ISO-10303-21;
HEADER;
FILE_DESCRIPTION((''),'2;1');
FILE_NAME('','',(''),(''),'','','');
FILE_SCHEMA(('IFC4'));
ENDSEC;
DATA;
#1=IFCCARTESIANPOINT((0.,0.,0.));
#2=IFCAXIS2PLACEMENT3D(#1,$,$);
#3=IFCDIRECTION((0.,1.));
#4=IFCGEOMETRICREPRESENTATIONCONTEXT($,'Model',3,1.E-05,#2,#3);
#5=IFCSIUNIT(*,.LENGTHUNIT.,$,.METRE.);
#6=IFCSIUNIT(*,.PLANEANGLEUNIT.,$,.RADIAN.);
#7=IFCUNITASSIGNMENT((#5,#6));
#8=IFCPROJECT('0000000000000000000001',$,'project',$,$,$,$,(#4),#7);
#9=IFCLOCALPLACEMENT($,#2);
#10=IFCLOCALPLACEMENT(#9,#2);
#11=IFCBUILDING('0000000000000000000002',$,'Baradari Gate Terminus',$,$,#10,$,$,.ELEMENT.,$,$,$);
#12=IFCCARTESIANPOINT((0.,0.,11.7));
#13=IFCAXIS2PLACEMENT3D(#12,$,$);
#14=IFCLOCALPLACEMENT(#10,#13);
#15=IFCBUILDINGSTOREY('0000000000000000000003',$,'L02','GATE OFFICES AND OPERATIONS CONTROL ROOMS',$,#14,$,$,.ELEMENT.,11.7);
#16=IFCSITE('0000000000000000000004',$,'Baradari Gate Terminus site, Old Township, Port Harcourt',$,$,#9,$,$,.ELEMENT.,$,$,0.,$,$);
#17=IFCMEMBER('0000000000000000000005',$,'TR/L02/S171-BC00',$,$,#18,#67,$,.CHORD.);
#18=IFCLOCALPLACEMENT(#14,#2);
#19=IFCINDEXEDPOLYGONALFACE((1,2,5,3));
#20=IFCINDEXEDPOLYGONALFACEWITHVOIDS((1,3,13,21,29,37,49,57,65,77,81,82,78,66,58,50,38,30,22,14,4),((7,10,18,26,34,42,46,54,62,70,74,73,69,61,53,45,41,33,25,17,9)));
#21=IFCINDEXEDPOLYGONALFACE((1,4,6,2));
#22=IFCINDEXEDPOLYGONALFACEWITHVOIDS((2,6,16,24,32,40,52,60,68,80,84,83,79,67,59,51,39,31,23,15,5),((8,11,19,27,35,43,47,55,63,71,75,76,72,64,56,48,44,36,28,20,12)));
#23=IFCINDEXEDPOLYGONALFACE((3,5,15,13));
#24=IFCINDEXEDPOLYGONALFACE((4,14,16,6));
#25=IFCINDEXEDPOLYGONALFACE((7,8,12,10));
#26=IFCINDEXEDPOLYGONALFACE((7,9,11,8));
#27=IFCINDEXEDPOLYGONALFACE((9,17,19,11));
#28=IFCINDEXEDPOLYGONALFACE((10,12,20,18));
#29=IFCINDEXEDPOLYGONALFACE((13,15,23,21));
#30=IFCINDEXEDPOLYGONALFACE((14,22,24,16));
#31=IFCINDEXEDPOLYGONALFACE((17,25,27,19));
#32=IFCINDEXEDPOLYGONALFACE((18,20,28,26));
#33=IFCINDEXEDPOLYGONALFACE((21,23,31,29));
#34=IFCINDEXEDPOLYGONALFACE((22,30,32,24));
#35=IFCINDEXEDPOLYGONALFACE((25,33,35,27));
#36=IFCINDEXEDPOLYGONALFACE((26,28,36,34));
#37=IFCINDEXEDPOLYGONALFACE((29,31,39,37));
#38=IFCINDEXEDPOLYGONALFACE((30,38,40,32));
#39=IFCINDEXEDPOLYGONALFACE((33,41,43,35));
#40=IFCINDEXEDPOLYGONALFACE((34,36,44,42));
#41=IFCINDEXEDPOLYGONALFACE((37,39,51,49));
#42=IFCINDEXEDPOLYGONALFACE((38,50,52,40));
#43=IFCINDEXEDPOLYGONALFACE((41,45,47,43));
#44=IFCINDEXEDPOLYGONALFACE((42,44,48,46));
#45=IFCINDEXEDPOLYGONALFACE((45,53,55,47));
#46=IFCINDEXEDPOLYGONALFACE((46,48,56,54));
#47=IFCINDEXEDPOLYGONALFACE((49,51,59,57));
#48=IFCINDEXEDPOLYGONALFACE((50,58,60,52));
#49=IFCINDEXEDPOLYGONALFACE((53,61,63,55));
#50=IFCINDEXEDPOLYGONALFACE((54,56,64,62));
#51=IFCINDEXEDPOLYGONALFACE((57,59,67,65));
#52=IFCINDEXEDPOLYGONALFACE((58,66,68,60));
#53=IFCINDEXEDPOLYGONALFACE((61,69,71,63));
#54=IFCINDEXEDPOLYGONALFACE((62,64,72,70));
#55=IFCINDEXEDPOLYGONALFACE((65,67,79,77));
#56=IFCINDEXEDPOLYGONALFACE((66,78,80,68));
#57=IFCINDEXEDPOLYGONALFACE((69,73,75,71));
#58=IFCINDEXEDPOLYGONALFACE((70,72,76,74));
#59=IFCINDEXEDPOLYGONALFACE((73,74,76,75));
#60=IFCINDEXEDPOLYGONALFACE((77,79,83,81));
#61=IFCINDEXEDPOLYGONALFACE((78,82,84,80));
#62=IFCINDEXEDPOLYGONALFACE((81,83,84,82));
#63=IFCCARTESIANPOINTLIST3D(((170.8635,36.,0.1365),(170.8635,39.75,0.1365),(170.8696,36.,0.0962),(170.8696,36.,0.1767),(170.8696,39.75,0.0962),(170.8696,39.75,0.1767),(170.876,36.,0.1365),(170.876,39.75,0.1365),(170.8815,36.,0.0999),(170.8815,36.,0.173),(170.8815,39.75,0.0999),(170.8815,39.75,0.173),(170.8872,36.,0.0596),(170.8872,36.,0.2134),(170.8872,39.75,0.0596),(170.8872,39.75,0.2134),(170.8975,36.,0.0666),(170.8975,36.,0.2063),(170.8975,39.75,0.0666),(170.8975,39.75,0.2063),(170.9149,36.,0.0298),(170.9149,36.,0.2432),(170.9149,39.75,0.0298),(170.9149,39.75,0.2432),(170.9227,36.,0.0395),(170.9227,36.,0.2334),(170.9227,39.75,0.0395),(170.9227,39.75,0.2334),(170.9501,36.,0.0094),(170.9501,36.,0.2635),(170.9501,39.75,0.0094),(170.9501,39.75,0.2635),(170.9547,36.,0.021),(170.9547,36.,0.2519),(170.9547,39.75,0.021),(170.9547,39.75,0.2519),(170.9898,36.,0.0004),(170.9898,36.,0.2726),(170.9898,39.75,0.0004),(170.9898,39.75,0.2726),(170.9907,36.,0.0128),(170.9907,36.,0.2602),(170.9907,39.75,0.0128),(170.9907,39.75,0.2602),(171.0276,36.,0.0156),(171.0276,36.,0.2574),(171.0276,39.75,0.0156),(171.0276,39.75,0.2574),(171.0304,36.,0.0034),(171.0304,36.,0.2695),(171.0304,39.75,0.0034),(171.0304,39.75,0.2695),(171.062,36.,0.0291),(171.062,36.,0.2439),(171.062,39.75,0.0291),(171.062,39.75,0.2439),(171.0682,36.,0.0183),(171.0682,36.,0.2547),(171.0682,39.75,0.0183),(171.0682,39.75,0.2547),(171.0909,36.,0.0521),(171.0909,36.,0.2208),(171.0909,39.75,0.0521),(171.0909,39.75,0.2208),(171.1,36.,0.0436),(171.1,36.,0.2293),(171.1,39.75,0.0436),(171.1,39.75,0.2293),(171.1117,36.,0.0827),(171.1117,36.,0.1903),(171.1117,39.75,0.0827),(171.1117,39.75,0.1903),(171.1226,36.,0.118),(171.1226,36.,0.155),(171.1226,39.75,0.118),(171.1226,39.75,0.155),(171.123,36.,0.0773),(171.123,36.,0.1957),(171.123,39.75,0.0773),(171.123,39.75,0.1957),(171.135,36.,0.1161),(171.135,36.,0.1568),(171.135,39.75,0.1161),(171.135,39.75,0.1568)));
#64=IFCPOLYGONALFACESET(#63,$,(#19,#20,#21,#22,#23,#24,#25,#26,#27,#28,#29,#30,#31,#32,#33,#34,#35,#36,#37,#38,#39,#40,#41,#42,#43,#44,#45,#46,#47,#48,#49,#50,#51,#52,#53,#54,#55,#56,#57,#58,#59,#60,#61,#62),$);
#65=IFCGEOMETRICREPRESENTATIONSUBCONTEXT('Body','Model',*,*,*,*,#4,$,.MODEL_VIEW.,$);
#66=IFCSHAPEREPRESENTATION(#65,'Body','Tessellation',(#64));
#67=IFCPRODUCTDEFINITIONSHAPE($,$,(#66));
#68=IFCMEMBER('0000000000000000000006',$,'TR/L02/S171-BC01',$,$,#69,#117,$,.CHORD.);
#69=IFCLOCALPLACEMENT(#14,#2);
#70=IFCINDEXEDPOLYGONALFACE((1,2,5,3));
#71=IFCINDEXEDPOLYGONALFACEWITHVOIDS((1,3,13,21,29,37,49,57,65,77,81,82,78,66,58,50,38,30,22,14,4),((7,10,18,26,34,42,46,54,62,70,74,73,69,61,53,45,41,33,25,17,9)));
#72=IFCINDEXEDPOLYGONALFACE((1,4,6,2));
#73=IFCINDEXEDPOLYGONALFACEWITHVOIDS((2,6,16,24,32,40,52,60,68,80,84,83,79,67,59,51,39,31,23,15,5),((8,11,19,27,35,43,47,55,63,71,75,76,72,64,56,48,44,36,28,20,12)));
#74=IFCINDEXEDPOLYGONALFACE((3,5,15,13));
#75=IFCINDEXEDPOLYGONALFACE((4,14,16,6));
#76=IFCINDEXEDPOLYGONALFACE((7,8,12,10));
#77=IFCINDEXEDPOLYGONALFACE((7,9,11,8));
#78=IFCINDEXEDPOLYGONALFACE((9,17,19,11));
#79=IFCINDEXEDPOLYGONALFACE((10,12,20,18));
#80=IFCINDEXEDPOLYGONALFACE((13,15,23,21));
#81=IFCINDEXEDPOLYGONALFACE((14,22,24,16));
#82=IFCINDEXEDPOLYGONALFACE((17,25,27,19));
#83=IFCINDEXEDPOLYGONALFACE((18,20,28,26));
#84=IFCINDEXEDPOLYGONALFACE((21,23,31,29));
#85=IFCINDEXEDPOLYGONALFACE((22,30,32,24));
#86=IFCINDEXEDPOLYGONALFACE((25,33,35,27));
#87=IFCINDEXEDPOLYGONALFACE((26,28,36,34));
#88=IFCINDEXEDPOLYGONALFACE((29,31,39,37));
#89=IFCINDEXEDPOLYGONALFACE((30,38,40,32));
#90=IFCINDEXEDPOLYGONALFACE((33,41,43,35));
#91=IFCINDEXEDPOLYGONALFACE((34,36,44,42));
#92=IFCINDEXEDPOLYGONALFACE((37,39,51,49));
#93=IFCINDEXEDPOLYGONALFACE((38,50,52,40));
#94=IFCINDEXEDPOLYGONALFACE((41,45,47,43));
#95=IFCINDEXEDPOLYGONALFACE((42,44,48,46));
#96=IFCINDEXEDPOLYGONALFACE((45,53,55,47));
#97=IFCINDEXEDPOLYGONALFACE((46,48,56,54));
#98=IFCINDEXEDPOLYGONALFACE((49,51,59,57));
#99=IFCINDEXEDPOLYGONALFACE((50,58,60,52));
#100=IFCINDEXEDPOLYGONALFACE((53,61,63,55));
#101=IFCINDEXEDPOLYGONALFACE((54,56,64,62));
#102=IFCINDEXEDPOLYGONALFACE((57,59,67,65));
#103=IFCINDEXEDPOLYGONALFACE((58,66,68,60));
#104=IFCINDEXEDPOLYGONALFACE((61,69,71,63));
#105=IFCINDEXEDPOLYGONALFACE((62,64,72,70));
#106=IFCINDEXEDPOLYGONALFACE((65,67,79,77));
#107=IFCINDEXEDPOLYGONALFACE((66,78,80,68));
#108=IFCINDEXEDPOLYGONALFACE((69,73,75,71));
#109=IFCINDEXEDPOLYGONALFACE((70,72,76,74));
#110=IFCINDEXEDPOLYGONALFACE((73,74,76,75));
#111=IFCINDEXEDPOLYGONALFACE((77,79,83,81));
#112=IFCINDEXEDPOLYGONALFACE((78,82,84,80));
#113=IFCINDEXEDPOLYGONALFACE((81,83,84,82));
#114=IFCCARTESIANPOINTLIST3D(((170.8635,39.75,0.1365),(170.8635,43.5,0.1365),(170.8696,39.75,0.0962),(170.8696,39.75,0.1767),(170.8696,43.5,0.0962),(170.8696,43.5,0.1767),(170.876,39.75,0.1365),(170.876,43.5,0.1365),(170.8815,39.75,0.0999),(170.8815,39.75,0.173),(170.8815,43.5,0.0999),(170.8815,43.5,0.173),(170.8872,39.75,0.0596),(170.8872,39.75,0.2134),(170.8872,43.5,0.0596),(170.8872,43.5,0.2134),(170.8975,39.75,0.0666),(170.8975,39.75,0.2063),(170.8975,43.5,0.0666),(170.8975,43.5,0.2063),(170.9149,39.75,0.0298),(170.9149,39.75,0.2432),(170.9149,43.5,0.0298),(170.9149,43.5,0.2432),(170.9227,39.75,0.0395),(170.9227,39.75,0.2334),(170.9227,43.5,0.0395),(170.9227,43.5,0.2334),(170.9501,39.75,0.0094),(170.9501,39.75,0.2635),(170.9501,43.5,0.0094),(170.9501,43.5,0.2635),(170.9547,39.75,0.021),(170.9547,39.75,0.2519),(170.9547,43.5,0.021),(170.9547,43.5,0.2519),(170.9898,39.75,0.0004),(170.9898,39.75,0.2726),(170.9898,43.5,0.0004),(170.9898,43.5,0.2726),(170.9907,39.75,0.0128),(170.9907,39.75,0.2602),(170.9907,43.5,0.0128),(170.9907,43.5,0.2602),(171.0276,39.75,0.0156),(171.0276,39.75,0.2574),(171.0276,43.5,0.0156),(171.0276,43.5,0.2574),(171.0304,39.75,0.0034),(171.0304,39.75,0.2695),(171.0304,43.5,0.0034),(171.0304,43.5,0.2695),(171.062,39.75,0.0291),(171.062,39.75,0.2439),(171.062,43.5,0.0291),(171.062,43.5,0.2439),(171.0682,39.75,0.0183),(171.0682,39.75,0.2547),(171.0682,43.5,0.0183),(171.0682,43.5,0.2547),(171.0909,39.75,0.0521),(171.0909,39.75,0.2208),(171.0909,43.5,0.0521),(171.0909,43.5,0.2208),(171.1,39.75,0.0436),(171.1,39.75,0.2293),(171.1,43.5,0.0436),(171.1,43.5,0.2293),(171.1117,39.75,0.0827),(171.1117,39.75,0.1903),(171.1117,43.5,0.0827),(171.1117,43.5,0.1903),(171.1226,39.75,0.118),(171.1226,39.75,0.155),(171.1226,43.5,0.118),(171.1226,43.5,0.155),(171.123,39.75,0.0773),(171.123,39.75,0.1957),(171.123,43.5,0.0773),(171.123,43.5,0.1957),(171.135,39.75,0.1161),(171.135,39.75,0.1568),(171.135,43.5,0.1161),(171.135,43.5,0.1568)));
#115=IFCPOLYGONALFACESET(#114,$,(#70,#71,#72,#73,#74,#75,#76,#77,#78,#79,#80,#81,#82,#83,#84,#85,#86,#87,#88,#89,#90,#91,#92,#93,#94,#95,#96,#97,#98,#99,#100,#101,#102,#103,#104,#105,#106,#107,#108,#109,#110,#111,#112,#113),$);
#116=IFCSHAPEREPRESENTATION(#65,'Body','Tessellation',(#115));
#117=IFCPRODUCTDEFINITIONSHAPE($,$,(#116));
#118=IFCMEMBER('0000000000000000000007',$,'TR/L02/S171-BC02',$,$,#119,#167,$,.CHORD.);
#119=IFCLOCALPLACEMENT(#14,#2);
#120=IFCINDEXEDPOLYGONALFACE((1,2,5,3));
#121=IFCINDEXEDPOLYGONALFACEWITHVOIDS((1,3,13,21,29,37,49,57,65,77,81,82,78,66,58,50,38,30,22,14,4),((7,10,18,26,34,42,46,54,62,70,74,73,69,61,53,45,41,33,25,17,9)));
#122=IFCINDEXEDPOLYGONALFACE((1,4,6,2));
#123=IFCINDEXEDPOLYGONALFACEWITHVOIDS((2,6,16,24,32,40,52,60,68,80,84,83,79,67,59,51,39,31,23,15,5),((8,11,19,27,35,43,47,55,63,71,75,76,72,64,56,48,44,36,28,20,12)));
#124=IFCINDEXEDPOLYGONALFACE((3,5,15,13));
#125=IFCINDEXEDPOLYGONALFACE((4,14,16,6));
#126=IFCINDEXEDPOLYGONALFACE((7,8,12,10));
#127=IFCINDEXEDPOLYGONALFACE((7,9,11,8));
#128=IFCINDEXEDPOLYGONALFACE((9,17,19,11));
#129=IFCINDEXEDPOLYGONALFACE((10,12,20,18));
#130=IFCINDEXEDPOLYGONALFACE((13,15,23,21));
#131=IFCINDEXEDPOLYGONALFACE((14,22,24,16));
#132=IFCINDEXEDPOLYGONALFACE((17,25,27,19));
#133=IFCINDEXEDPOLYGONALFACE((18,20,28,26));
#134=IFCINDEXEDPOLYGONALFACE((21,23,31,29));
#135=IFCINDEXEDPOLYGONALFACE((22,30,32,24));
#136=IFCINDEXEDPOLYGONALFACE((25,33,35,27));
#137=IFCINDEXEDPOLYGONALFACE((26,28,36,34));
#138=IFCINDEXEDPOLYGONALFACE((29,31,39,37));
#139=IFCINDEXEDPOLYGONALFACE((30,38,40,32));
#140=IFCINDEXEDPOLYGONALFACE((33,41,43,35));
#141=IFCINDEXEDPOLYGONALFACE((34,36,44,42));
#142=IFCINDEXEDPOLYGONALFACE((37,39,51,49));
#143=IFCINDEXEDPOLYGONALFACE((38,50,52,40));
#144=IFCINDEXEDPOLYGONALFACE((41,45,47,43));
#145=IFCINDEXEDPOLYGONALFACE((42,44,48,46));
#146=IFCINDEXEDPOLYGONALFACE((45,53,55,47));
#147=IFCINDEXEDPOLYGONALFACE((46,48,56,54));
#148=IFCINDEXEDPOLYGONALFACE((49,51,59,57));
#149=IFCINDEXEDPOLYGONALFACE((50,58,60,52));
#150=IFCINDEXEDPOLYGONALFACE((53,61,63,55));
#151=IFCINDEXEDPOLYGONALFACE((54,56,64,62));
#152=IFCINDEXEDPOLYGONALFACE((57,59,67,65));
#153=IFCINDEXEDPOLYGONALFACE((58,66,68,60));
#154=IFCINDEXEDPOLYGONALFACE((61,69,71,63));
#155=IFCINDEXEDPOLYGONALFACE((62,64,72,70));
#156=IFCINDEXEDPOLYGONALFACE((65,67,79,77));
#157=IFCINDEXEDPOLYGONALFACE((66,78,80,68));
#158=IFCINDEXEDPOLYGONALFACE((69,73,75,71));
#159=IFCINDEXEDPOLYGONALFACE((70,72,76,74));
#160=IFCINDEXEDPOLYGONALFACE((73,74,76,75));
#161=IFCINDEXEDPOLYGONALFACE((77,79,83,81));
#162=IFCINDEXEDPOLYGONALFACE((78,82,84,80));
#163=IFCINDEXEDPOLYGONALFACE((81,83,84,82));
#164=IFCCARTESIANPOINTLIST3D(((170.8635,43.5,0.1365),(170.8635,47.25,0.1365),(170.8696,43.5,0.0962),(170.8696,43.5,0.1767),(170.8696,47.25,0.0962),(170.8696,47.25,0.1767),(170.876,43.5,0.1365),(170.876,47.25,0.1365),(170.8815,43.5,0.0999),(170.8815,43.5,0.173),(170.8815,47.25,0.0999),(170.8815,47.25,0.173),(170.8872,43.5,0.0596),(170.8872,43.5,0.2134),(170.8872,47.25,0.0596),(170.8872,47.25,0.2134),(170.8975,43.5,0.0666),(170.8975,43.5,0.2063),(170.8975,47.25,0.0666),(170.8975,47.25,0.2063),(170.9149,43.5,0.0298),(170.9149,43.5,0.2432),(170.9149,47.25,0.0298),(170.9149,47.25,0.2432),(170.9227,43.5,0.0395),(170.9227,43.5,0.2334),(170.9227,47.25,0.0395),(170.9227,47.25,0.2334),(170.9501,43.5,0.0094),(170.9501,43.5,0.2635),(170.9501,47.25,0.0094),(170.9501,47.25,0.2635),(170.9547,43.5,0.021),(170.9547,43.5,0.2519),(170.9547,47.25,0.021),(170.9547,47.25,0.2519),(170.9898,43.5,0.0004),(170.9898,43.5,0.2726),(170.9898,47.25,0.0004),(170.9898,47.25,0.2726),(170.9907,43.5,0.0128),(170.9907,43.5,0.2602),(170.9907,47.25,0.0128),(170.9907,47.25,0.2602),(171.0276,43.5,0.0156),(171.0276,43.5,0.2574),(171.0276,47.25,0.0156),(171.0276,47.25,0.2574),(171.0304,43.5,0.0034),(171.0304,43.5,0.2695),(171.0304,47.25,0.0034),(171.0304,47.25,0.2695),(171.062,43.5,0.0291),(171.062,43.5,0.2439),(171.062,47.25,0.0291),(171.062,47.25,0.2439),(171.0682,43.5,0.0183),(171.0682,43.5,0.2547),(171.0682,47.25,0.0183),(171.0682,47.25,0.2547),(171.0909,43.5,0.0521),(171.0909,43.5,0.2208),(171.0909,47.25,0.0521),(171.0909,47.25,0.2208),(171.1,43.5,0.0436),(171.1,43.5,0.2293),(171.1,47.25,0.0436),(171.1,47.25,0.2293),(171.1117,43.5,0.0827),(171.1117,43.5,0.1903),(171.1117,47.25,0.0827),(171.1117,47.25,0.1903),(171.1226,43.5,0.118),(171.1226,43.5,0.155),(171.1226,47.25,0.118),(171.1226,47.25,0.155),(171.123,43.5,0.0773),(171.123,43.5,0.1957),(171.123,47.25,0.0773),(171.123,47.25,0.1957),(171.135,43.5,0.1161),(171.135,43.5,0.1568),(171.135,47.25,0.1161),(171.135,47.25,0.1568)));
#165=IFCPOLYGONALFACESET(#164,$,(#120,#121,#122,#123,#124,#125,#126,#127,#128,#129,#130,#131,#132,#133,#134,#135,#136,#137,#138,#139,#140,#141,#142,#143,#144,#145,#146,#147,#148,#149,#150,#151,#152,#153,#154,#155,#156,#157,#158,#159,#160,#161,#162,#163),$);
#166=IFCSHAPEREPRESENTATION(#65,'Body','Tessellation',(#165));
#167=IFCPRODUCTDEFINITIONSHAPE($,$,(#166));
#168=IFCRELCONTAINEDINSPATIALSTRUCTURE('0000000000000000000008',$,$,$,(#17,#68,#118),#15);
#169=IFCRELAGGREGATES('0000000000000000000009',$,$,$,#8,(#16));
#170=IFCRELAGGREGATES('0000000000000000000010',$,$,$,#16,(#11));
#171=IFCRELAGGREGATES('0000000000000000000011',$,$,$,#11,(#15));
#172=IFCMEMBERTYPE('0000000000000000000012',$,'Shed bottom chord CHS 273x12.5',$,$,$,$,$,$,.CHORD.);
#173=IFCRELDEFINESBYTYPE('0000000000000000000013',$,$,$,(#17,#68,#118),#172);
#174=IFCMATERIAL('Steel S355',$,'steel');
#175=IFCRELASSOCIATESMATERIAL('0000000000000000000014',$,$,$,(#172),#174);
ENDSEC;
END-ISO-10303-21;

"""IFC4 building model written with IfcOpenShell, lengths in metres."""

from ifc_helpers import new_model, si_unit, direction, frame, origin, origin_2d, place, context, subcontext, project, spatial, hollow_circle, extrude, material, material_profile, profile_set, type_object, element, save


model = new_model("IFC4")

# Units and contexts
model_context = context("Model", 3, precision=1e-05, world=origin(), true_north=direction((0.0, 1.0)))
body_context = subcontext(model_context, "Body", "Model", "MODEL_VIEW")
ifc_project = project(units=[si_unit("LENGTHUNIT", "METRE"), si_unit("PLANEANGLEUNIT", "RADIAN")], contexts=[model_context])

# Site, building, storey
site_placement = place(None, origin())
site = spatial("IfcSite", under=ifc_project, at=site_placement, Name="Baradari Gate Terminus site, Old Township, Port Harcourt", CompositionType="ELEMENT", RefElevation=0.0)
building_placement = place(site_placement, origin())
building = spatial("IfcBuilding", under=site, at=building_placement, Name="Baradari Gate Terminus", CompositionType="ELEMENT")
storey_placement = place(building_placement, frame((0.0, 0.0, 11.7)))
storey = spatial("IfcBuildingStorey", under=building, at=storey_placement, Name="L02", Description="GATE OFFICES AND OPERATIONS CONTROL ROOMS", CompositionType="ELEMENT", Elevation=11.7)

# Members
ifc_material_1 = material(Name="Steel S355", Category="steel")
ifc_material_profile_1 = material_profile(ifc_material_1, hollow_circle(Radius=0.1365, WallThickness=0.0125, at=origin_2d()), Name="CHS 273x12.5")
ifc_profile_set_1 = profile_set([ifc_material_profile_1], Name="Steel S355")
member_type_1 = type_object("IfcMemberType", Name="Shed bottom chord CHS 273x12.5", PredefinedType="CHORD", material=ifc_profile_set_1)
for number, where, z_axis, x_axis, name in (
    (1, (171.0, 36.0, 0.1365), (0.0, 1.0, 0.0), (-1.0, 0.0, 0.0), "TR/L02/S171-BC00"),
    (2, (171.0, 39.75, 0.1365), (0.0, 1.0, 0.0), (-1.0, 0.0, 0.0), "TR/L02/S171-BC01"),
    (3, (171.0, 43.5, 0.1365), (0.0, 1.0, 0.0), (-1.0, 0.0, 0.0), "TR/L02/S171-BC02"),
):
    element("IfcMember", number, at=place(storey_placement, frame(where, z_axis=z_axis, x_axis=x_axis)), inside=storey, type_object=member_type_1, Name=name, PredefinedType="CHORD", context=body_context, shape_type="SweptSolid", body=[
        extrude(hollow_circle(Radius=0.1365, WallThickness=0.0125, at=origin_2d()), origin(), (0.0, 0.0, 1.0), 3.75),
    ])

save(model, "model.ifc")
